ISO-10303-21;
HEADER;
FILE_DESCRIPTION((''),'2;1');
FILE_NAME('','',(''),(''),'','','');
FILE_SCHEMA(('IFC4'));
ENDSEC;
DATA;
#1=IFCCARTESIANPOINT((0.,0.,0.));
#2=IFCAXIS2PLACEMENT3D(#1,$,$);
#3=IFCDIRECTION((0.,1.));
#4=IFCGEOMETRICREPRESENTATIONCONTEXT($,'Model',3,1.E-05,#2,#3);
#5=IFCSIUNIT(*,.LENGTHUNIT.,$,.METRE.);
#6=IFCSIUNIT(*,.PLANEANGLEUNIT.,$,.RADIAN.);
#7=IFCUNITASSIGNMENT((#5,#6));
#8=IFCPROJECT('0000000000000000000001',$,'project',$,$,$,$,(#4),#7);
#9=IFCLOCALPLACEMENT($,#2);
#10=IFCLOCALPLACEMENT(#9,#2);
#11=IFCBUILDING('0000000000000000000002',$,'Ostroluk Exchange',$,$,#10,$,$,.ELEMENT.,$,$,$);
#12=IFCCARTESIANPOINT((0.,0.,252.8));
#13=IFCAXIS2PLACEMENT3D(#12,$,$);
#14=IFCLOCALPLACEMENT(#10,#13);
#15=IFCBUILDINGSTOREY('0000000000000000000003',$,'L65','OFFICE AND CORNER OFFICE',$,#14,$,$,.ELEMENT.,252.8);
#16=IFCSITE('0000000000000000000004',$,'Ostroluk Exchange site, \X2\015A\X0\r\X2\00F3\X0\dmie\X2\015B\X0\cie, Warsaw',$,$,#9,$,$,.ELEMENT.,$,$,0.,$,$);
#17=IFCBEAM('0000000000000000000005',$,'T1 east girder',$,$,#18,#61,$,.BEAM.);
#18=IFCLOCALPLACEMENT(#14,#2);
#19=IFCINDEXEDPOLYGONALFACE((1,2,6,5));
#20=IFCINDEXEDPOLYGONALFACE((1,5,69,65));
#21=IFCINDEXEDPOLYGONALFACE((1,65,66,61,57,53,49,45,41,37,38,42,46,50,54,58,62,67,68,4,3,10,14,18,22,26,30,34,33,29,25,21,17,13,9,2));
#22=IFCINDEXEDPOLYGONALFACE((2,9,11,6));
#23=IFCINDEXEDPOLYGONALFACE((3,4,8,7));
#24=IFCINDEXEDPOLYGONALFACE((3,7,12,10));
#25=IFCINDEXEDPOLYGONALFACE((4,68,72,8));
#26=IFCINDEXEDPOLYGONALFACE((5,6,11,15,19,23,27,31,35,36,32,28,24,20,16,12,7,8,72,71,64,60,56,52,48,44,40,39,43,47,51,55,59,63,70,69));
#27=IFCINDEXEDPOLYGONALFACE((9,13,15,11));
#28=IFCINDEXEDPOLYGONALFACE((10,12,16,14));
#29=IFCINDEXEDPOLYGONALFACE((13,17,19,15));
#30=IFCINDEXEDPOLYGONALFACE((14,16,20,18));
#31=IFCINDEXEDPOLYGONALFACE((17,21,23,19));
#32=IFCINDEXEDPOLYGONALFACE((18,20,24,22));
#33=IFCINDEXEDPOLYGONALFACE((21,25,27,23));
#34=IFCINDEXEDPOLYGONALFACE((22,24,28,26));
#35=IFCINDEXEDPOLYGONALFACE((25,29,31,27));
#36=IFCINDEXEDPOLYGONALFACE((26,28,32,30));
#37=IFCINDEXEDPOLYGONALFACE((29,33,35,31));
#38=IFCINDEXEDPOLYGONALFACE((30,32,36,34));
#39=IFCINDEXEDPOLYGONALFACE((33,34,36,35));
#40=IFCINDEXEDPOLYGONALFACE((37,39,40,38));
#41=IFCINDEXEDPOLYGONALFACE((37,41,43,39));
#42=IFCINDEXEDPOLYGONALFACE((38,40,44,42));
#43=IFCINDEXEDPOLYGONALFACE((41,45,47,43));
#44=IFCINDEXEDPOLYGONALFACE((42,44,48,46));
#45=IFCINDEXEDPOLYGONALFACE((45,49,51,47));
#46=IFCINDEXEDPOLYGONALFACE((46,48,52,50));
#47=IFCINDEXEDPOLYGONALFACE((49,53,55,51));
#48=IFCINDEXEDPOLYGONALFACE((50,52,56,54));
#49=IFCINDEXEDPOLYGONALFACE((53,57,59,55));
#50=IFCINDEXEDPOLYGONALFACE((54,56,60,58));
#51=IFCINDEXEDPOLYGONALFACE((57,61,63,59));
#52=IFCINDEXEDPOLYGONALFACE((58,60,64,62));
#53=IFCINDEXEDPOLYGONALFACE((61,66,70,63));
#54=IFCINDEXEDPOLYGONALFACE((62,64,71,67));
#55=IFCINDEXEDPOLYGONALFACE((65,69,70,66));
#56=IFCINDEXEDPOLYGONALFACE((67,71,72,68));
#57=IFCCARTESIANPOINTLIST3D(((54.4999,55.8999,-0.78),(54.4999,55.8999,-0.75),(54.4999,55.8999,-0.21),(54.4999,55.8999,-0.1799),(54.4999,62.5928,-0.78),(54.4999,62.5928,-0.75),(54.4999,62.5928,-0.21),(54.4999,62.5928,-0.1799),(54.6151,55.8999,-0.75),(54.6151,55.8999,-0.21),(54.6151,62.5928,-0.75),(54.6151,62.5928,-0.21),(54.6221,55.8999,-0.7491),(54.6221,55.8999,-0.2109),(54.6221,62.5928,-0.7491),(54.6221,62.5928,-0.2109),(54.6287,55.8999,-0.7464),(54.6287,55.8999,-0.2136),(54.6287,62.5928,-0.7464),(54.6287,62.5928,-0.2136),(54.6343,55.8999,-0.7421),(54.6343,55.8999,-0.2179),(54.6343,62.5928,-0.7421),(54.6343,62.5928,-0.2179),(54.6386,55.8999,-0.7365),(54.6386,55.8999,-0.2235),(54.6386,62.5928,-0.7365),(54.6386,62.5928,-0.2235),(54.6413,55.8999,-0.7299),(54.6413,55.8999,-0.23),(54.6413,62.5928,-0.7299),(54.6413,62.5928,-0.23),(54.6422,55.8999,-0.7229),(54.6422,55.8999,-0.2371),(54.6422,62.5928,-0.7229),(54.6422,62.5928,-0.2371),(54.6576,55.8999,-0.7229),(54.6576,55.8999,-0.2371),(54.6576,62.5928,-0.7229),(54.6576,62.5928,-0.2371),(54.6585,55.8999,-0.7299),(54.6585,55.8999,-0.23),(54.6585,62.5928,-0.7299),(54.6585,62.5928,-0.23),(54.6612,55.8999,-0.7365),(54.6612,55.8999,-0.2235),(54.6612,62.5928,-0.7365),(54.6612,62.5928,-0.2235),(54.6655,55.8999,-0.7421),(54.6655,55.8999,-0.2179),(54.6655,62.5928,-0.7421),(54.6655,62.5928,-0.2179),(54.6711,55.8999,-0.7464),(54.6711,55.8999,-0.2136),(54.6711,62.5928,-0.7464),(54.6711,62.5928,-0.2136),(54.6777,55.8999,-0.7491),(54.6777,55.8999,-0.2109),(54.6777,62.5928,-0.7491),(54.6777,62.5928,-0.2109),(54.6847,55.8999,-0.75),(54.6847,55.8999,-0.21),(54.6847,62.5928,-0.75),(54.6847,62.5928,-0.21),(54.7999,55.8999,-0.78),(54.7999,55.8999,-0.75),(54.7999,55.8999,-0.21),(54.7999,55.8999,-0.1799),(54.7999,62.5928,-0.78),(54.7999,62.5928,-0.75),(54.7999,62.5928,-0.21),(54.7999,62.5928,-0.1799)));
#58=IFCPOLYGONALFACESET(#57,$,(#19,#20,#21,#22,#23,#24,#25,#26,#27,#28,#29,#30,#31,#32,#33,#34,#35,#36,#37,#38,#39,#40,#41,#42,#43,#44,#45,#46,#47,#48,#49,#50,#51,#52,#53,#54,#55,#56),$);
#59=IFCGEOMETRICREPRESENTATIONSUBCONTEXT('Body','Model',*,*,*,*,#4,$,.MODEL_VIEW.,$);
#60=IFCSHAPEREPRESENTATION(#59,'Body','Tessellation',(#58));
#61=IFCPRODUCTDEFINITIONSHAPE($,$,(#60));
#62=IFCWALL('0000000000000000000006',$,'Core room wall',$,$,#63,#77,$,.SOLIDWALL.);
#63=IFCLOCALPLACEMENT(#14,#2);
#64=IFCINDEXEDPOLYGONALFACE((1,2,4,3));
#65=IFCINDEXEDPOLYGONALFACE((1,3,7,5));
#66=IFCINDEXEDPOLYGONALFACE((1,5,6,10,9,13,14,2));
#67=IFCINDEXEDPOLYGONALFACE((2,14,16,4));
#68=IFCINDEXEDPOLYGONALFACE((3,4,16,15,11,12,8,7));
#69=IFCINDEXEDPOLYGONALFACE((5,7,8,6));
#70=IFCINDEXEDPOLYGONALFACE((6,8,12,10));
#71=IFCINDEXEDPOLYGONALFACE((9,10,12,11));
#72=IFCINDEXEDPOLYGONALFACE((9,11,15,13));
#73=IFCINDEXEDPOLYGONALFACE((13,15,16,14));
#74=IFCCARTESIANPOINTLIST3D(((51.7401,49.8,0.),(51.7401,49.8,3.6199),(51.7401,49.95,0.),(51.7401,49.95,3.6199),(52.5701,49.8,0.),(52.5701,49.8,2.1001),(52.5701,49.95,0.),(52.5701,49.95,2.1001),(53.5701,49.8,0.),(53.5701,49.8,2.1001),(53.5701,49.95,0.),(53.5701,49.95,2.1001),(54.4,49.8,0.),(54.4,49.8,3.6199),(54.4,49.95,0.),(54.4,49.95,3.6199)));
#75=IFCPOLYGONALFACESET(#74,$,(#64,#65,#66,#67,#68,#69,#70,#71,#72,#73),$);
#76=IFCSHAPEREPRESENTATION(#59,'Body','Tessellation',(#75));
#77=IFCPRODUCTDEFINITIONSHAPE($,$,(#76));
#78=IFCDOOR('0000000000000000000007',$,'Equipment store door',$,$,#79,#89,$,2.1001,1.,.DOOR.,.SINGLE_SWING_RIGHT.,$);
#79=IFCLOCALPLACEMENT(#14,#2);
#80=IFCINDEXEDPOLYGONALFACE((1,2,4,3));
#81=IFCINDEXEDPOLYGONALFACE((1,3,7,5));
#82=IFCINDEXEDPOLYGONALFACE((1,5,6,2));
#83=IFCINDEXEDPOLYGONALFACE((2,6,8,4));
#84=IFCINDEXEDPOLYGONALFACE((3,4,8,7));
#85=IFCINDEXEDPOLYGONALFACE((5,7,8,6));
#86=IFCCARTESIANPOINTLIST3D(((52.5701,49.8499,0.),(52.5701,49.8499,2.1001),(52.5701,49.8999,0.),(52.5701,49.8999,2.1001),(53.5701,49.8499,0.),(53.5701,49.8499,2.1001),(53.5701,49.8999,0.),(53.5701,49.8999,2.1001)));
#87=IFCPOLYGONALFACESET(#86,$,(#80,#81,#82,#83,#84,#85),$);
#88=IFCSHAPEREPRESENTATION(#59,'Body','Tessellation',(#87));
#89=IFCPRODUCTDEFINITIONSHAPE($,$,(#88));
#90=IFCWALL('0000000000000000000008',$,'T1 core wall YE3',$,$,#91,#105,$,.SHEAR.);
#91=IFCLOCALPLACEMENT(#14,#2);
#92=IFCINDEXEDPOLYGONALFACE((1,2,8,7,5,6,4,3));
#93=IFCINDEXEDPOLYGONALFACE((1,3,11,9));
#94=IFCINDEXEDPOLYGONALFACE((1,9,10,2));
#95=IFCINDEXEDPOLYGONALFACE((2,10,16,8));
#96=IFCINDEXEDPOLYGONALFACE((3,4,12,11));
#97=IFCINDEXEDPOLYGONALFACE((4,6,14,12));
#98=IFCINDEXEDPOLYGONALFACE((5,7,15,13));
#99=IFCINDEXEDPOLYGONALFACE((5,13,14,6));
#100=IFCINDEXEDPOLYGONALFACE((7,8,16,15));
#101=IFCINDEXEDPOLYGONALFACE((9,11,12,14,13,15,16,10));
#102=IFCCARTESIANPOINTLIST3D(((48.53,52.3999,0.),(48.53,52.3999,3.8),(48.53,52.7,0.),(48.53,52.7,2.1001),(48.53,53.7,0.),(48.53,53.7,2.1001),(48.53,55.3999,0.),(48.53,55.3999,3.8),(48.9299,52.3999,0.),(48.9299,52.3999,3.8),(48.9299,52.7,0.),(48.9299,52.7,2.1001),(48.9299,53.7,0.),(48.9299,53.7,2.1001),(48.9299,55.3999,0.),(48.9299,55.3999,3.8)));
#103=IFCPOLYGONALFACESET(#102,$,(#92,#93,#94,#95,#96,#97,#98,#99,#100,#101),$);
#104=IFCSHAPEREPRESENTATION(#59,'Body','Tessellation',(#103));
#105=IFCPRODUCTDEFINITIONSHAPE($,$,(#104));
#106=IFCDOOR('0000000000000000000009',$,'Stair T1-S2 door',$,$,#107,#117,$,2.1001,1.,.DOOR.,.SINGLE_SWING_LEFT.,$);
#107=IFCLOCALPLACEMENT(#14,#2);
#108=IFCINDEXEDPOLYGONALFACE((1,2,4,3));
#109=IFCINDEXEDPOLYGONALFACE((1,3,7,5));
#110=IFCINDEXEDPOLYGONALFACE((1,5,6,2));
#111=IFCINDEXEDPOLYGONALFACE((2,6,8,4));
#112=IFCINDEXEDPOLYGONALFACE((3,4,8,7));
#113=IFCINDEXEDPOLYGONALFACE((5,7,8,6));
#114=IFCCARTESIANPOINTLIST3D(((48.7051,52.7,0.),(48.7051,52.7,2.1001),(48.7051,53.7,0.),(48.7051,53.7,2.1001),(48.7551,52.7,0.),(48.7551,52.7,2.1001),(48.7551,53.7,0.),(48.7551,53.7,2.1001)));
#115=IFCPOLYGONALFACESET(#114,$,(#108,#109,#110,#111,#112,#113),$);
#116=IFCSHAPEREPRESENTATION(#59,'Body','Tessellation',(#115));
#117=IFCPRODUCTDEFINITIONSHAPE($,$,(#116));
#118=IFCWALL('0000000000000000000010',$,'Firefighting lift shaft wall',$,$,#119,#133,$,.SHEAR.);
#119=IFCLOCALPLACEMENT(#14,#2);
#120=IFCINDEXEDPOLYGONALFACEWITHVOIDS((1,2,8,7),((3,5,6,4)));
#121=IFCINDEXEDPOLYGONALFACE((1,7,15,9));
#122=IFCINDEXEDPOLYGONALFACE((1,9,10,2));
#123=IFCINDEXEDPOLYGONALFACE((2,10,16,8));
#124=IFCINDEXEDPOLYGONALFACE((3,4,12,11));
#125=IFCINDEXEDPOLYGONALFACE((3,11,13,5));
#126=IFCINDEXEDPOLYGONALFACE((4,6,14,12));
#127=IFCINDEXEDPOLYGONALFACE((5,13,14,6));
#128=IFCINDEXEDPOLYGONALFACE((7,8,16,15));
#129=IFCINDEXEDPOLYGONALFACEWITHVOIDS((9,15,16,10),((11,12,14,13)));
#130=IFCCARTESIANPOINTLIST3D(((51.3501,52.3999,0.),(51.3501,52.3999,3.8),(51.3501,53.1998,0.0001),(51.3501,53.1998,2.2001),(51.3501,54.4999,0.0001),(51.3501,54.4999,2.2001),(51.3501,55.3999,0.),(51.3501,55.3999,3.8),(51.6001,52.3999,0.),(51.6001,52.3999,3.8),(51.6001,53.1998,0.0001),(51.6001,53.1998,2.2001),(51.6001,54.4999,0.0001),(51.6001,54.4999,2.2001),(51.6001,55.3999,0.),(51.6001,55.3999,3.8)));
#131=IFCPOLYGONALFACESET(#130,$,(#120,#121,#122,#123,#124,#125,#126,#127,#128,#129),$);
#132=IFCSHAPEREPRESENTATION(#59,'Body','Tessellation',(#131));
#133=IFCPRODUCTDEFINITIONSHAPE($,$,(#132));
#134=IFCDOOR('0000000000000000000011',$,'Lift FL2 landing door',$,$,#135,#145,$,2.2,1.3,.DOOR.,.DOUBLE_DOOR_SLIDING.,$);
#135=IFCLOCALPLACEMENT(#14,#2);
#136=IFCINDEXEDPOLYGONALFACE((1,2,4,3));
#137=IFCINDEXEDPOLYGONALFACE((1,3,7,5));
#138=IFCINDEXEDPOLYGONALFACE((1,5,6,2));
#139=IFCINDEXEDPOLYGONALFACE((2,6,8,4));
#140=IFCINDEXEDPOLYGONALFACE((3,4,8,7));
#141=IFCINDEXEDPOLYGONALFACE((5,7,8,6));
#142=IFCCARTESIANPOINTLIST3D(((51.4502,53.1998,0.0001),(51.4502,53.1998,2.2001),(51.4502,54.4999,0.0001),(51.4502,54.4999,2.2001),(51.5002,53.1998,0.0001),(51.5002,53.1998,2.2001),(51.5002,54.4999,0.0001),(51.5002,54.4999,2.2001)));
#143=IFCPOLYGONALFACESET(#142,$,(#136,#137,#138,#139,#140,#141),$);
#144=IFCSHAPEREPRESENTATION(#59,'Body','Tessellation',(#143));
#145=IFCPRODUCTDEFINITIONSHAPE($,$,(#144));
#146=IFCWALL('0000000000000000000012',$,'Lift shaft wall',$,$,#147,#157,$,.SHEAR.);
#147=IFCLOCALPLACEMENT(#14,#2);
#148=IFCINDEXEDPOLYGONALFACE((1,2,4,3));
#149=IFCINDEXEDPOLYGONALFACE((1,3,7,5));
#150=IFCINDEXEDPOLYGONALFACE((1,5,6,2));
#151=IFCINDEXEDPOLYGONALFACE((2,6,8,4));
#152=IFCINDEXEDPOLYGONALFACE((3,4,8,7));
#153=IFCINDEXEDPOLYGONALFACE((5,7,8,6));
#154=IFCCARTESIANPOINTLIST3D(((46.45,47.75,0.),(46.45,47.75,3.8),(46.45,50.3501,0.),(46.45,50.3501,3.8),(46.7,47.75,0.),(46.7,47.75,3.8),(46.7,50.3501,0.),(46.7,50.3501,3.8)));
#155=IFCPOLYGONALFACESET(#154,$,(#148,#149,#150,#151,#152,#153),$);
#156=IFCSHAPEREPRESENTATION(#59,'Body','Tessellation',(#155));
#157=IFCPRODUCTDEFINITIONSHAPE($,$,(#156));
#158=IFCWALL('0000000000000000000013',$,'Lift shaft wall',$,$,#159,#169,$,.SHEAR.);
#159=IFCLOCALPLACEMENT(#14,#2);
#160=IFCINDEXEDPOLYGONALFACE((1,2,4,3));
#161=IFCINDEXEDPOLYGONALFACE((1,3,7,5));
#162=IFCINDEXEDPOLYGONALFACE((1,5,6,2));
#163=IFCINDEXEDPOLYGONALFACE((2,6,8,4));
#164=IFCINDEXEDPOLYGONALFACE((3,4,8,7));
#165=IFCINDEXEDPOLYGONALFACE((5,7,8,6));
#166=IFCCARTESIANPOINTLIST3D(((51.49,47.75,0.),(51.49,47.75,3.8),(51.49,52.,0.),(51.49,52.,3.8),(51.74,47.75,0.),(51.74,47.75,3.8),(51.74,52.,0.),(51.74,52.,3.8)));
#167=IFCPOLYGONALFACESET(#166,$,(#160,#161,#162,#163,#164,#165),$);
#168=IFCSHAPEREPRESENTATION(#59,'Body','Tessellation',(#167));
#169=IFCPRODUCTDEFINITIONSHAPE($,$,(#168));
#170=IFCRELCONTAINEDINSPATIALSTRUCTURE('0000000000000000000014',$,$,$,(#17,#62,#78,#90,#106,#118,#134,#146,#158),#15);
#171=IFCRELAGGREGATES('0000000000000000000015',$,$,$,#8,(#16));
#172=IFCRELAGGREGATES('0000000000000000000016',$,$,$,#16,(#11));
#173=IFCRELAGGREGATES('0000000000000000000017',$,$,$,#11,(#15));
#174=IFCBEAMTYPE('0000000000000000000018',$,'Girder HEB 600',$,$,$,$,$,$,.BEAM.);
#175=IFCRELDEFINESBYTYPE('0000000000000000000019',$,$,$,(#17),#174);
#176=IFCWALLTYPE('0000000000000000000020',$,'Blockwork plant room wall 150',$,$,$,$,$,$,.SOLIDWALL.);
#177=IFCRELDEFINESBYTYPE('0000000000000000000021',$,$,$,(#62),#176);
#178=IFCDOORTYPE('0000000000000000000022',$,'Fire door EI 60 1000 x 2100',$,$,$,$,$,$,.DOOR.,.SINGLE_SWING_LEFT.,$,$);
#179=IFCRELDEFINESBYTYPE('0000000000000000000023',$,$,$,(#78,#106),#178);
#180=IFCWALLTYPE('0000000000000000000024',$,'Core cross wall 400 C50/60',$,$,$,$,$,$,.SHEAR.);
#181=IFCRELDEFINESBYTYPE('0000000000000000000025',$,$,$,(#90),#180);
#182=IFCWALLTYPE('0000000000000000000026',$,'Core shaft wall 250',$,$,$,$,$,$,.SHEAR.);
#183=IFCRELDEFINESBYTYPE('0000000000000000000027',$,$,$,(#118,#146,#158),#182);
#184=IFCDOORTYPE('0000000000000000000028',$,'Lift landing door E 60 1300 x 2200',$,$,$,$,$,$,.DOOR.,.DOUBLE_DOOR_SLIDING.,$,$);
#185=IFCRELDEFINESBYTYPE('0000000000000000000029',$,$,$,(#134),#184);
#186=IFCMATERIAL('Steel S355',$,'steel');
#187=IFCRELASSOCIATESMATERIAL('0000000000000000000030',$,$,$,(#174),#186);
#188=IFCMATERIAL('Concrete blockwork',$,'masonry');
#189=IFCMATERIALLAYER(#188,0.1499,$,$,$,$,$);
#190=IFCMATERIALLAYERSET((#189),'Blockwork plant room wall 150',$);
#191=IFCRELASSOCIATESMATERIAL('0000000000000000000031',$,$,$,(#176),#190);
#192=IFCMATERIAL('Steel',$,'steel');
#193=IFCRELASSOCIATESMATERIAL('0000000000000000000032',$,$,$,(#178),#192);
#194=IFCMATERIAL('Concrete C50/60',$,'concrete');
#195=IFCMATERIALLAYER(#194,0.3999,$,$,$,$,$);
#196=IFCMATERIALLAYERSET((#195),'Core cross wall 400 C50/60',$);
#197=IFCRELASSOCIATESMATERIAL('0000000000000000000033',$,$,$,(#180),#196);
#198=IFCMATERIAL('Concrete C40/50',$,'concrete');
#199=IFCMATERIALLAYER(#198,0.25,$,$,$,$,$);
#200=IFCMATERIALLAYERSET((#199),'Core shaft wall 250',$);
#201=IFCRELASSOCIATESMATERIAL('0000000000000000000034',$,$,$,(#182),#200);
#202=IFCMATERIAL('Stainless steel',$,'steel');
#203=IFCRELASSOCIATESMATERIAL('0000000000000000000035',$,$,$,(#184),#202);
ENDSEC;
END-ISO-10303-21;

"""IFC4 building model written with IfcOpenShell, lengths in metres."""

from ifc_helpers import new_model, si_unit, direction, frame, frame_2d, origin, origin_2d, place, context, subcontext, project, spatial, rectangle, i_section, extrude, material, layer, layer_set, material_profile, profile_set, type_object, element, fill, save


model = new_model("IFC4")

# Units and contexts
model_context = context("Model", 3, precision=1e-05, world=origin(), true_north=direction((0.0, 1.0)))
body_context = subcontext(model_context, "Body", "Model", "MODEL_VIEW")
ifc_project = project(units=[si_unit("LENGTHUNIT", "METRE"), si_unit("PLANEANGLEUNIT", "RADIAN")], contexts=[model_context])

# Site, building, storey
site_placement = place(None, origin())
site = spatial("IfcSite", under=ifc_project, at=site_placement, Name="Ostroluk Exchange site, Śródmieście, Warsaw", CompositionType="ELEMENT", RefElevation=0.0)
building_placement = place(site_placement, origin())
building = spatial("IfcBuilding", under=site, at=building_placement, Name="Ostroluk Exchange", CompositionType="ELEMENT")
storey_placement = place(building_placement, frame((0.0, 0.0, 252.8)))
storey = spatial("IfcBuildingStorey", under=building, at=storey_placement, Name="L65", Description="OFFICE AND CORNER OFFICE", CompositionType="ELEMENT", Elevation=252.8)

# Beam
ifc_material_1 = material(Name="Steel S355", Category="steel")
ifc_material_profile_1 = material_profile(ifc_material_1, i_section(OverallWidth=0.3, OverallDepth=0.6001, WebThickness=0.0154, FlangeThickness=0.03, FilletRadius=0.0271, at=origin_2d()), Name="HEB 600")
ifc_profile_set_1 = profile_set([ifc_material_profile_1], Name="Steel S355")
beam_type_1 = type_object("IfcBeamType", Name="Girder HEB 600", PredefinedType="BEAM", material=ifc_profile_set_1)
beam_placement = place(storey_placement, frame((54.6499, 55.8999, -0.48), z_axis=(0.0, 1.0, 0.0), x_axis=(-1.0, 0.0, 0.0)))
element("IfcBeam", 1, at=beam_placement, inside=storey, type_object=beam_type_1, Name="T1 east girder", PredefinedType="BEAM", context=body_context, shape_type="SweptSolid", body=[
    extrude(i_section(OverallWidth=0.3, OverallDepth=0.6001, WebThickness=0.0154, FlangeThickness=0.03, FilletRadius=0.0271, at=origin_2d()), origin(), (0.0, 0.0, 1.0), 6.6929),
])

# Walls, openings, doors
ifc_material_2 = material(Name="Concrete blockwork", Category="masonry")
ifc_layer_1 = layer(ifc_material_2, 0.1499)
ifc_layer_set_1 = layer_set([ifc_layer_1], Name="Blockwork plant room wall 150")
wall_type_1 = type_object("IfcWallType", Name="Blockwork plant room wall 150", PredefinedType="SOLIDWALL", material=ifc_layer_set_1)
wall_1_placement = place(storey_placement, frame((51.74, 49.875, 0.0), z_axis=(0.0, 0.0, 1.0), x_axis=(1.0, 0.0, 0.0)))
wall_1 = element("IfcWall", 2, at=wall_1_placement, inside=storey, type_object=wall_type_1, Name="Core room wall", PredefinedType="SOLIDWALL", context=body_context, shape_type="SweptSolid", body=[
    extrude(rectangle(XDim=2.6599, YDim=0.1499, at=frame_2d((1.3301, 0.0))), origin(), (0.0, 0.0, 1.0), 3.6199),
])
opening_1_placement = place(wall_1_placement, frame((0.8301, 0.0, 0.0)))
opening_1 = element("IfcOpeningElement", 3, at=opening_1_placement, cuts=wall_1, PredefinedType="OPENING", context=body_context, shape_type="SweptSolid", body=[
    extrude(rectangle(XDim=1.0, YDim=2.1001, at=frame_2d((0.5, 1.05))), frame((0.0, 0.085, 0.0), z_axis=(0.0, -1.0, 0.0), x_axis=(1.0, 0.0, 0.0)), (0.0, 0.0, 1.0), 0.1699),
])
ifc_material_3 = material(Name="Steel", Category="steel")
door_type_1 = type_object("IfcDoorType", Name="Fire door EI 60 1000 x 2100", OperationType="SINGLE_SWING_LEFT", PredefinedType="DOOR", material=ifc_material_3)
door_1_placement = place(opening_1_placement, origin())
door_1 = element("IfcDoor", 4, at=door_1_placement, inside=storey, type_object=door_type_1, Name="Equipment store door", OperationType="SINGLE_SWING_RIGHT", OverallHeight=2.1001, OverallWidth=1.0, PredefinedType="DOOR", context=body_context, shape_type="SweptSolid", body=[
    extrude(rectangle(XDim=1.0, YDim=2.1001, at=frame_2d((0.5, 1.05))), frame((0.0, 0.0249, 0.0), z_axis=(0.0, -1.0, 0.0), x_axis=(1.0, 0.0, 0.0)), (0.0, 0.0, 1.0), 0.05),
])
fill(opening_1, door_1)
ifc_material_4 = material(Name="Concrete C50/60", Category="concrete")
ifc_layer_2 = layer(ifc_material_4, 0.3999)
ifc_layer_set_2 = layer_set([ifc_layer_2], Name="Core cross wall 400 C50/60")
wall_type_2 = type_object("IfcWallType", Name="Core cross wall 400 C50/60", PredefinedType="SHEAR", material=ifc_layer_set_2)
wall_2_placement = place(storey_placement, frame((48.73, 52.3999, 0.0), z_axis=(0.0, 0.0, 1.0), x_axis=(0.0, 1.0, 0.0)))
wall_2 = element("IfcWall", 5, at=wall_2_placement, inside=storey, type_object=wall_type_2, Name="T1 core wall YE3", PredefinedType="SHEAR", context=body_context, shape_type="SweptSolid", body=[
    extrude(rectangle(XDim=3.0, YDim=0.3999, at=frame_2d((1.5, 0.0))), origin(), (0.0, 0.0, 1.0), 3.8),
])
opening_2_placement = place(wall_2_placement, frame((0.3, 0.0, 0.0)))
opening_2 = element("IfcOpeningElement", 6, at=opening_2_placement, cuts=wall_2, PredefinedType="OPENING", context=body_context, shape_type="SweptSolid", body=[
    extrude(rectangle(XDim=1.0, YDim=2.1001, at=frame_2d((0.5, 1.05))), frame((0.0, 0.21, 0.0), z_axis=(0.0, -1.0, 0.0), x_axis=(1.0, 0.0, 0.0)), (0.0, 0.0, 1.0), 0.4199),
])
door_2_placement = place(opening_2_placement, origin())
door_2 = element("IfcDoor", 7, at=door_2_placement, inside=storey, type_object=door_type_1, Name="Stair T1-S2 door", OperationType="SINGLE_SWING_LEFT", OverallHeight=2.1001, OverallWidth=1.0, PredefinedType="DOOR", context=body_context, shape_type="SweptSolid", body=[
    extrude(rectangle(XDim=1.0, YDim=2.1001, at=frame_2d((0.5, 1.05))), frame((0.0, 0.0249, 0.0), z_axis=(0.0, -1.0, 0.0), x_axis=(1.0, 0.0, 0.0)), (0.0, 0.0, 1.0), 0.05),
])
fill(opening_2, door_2)
ifc_material_5 = material(Name="Concrete C40/50", Category="concrete")
ifc_layer_3 = layer(ifc_material_5, 0.25)
ifc_layer_set_3 = layer_set([ifc_layer_3], Name="Core shaft wall 250")
wall_type_3 = type_object("IfcWallType", Name="Core shaft wall 250", PredefinedType="SHEAR", material=ifc_layer_set_3)
wall_3_placement = place(storey_placement, frame((51.4751, 52.3999, 0.0), z_axis=(0.0, 0.0, 1.0), x_axis=(0.0, 1.0, 0.0)))
wall_3 = element("IfcWall", 8, at=wall_3_placement, inside=storey, type_object=wall_type_3, Name="Firefighting lift shaft wall", PredefinedType="SHEAR", context=body_context, shape_type="SweptSolid", body=[
    extrude(rectangle(XDim=3.0, YDim=0.25, at=frame_2d((1.5, 0.0))), origin(), (0.0, 0.0, 1.0), 3.8),
])
opening_3_placement = place(wall_3_placement, frame((0.8, 0.0, 0.0)))
opening_3 = element("IfcOpeningElement", 9, at=opening_3_placement, cuts=wall_3, PredefinedType="OPENING", context=body_context, shape_type="SweptSolid", body=[
    extrude(rectangle(XDim=1.3, YDim=2.2, at=frame_2d((0.6499, 1.1001))), frame((0.0, 0.135, 0.0), z_axis=(0.0, -1.0, 0.0), x_axis=(1.0, 0.0, 0.0)), (0.0, 0.0, 1.0), 0.27),
])
ifc_material_6 = material(Name="Stainless steel", Category="steel")
door_type_2 = type_object("IfcDoorType", Name="Lift landing door E 60 1300 x 2200", OperationType="DOUBLE_DOOR_SLIDING", PredefinedType="DOOR", material=ifc_material_6)
door_3_placement = place(opening_3_placement, origin())
door_3 = element("IfcDoor", 10, at=door_3_placement, inside=storey, type_object=door_type_2, Name="Lift FL2 landing door", OperationType="DOUBLE_DOOR_SLIDING", OverallHeight=2.2, OverallWidth=1.3, PredefinedType="DOOR", context=body_context, shape_type="SweptSolid", body=[
    extrude(rectangle(XDim=1.3, YDim=2.2, at=frame_2d((0.6499, 1.1001))), frame((0.0, 0.0249, 0.0), z_axis=(0.0, -1.0, 0.0), x_axis=(1.0, 0.0, 0.0)), (0.0, 0.0, 1.0), 0.05),
])
fill(opening_3, door_3)

# Walls
wall_4_placement = place(storey_placement, frame((46.575, 47.75, 0.0), z_axis=(0.0, 0.0, 1.0), x_axis=(0.0, 1.0, 0.0)))
element("IfcWall", 11, at=wall_4_placement, inside=storey, type_object=wall_type_3, Name="Lift shaft wall", PredefinedType="SHEAR", context=body_context, shape_type="SweptSolid", body=[
    extrude(rectangle(XDim=2.6001, YDim=0.25, at=frame_2d((1.3, 0.0))), origin(), (0.0, 0.0, 1.0), 3.8),
])
wall_5_placement = place(storey_placement, frame((51.615, 47.75, 0.0), z_axis=(0.0, 0.0, 1.0), x_axis=(0.0, 1.0, 0.0)))
element("IfcWall", 12, at=wall_5_placement, inside=storey, type_object=wall_type_3, Name="Lift shaft wall", PredefinedType="SHEAR", context=body_context, shape_type="SweptSolid", body=[
    extrude(rectangle(XDim=4.25, YDim=0.25, at=frame_2d((2.125, 0.0))), origin(), (0.0, 0.0, 1.0), 3.8),
])

save(model, "model.ifc")
